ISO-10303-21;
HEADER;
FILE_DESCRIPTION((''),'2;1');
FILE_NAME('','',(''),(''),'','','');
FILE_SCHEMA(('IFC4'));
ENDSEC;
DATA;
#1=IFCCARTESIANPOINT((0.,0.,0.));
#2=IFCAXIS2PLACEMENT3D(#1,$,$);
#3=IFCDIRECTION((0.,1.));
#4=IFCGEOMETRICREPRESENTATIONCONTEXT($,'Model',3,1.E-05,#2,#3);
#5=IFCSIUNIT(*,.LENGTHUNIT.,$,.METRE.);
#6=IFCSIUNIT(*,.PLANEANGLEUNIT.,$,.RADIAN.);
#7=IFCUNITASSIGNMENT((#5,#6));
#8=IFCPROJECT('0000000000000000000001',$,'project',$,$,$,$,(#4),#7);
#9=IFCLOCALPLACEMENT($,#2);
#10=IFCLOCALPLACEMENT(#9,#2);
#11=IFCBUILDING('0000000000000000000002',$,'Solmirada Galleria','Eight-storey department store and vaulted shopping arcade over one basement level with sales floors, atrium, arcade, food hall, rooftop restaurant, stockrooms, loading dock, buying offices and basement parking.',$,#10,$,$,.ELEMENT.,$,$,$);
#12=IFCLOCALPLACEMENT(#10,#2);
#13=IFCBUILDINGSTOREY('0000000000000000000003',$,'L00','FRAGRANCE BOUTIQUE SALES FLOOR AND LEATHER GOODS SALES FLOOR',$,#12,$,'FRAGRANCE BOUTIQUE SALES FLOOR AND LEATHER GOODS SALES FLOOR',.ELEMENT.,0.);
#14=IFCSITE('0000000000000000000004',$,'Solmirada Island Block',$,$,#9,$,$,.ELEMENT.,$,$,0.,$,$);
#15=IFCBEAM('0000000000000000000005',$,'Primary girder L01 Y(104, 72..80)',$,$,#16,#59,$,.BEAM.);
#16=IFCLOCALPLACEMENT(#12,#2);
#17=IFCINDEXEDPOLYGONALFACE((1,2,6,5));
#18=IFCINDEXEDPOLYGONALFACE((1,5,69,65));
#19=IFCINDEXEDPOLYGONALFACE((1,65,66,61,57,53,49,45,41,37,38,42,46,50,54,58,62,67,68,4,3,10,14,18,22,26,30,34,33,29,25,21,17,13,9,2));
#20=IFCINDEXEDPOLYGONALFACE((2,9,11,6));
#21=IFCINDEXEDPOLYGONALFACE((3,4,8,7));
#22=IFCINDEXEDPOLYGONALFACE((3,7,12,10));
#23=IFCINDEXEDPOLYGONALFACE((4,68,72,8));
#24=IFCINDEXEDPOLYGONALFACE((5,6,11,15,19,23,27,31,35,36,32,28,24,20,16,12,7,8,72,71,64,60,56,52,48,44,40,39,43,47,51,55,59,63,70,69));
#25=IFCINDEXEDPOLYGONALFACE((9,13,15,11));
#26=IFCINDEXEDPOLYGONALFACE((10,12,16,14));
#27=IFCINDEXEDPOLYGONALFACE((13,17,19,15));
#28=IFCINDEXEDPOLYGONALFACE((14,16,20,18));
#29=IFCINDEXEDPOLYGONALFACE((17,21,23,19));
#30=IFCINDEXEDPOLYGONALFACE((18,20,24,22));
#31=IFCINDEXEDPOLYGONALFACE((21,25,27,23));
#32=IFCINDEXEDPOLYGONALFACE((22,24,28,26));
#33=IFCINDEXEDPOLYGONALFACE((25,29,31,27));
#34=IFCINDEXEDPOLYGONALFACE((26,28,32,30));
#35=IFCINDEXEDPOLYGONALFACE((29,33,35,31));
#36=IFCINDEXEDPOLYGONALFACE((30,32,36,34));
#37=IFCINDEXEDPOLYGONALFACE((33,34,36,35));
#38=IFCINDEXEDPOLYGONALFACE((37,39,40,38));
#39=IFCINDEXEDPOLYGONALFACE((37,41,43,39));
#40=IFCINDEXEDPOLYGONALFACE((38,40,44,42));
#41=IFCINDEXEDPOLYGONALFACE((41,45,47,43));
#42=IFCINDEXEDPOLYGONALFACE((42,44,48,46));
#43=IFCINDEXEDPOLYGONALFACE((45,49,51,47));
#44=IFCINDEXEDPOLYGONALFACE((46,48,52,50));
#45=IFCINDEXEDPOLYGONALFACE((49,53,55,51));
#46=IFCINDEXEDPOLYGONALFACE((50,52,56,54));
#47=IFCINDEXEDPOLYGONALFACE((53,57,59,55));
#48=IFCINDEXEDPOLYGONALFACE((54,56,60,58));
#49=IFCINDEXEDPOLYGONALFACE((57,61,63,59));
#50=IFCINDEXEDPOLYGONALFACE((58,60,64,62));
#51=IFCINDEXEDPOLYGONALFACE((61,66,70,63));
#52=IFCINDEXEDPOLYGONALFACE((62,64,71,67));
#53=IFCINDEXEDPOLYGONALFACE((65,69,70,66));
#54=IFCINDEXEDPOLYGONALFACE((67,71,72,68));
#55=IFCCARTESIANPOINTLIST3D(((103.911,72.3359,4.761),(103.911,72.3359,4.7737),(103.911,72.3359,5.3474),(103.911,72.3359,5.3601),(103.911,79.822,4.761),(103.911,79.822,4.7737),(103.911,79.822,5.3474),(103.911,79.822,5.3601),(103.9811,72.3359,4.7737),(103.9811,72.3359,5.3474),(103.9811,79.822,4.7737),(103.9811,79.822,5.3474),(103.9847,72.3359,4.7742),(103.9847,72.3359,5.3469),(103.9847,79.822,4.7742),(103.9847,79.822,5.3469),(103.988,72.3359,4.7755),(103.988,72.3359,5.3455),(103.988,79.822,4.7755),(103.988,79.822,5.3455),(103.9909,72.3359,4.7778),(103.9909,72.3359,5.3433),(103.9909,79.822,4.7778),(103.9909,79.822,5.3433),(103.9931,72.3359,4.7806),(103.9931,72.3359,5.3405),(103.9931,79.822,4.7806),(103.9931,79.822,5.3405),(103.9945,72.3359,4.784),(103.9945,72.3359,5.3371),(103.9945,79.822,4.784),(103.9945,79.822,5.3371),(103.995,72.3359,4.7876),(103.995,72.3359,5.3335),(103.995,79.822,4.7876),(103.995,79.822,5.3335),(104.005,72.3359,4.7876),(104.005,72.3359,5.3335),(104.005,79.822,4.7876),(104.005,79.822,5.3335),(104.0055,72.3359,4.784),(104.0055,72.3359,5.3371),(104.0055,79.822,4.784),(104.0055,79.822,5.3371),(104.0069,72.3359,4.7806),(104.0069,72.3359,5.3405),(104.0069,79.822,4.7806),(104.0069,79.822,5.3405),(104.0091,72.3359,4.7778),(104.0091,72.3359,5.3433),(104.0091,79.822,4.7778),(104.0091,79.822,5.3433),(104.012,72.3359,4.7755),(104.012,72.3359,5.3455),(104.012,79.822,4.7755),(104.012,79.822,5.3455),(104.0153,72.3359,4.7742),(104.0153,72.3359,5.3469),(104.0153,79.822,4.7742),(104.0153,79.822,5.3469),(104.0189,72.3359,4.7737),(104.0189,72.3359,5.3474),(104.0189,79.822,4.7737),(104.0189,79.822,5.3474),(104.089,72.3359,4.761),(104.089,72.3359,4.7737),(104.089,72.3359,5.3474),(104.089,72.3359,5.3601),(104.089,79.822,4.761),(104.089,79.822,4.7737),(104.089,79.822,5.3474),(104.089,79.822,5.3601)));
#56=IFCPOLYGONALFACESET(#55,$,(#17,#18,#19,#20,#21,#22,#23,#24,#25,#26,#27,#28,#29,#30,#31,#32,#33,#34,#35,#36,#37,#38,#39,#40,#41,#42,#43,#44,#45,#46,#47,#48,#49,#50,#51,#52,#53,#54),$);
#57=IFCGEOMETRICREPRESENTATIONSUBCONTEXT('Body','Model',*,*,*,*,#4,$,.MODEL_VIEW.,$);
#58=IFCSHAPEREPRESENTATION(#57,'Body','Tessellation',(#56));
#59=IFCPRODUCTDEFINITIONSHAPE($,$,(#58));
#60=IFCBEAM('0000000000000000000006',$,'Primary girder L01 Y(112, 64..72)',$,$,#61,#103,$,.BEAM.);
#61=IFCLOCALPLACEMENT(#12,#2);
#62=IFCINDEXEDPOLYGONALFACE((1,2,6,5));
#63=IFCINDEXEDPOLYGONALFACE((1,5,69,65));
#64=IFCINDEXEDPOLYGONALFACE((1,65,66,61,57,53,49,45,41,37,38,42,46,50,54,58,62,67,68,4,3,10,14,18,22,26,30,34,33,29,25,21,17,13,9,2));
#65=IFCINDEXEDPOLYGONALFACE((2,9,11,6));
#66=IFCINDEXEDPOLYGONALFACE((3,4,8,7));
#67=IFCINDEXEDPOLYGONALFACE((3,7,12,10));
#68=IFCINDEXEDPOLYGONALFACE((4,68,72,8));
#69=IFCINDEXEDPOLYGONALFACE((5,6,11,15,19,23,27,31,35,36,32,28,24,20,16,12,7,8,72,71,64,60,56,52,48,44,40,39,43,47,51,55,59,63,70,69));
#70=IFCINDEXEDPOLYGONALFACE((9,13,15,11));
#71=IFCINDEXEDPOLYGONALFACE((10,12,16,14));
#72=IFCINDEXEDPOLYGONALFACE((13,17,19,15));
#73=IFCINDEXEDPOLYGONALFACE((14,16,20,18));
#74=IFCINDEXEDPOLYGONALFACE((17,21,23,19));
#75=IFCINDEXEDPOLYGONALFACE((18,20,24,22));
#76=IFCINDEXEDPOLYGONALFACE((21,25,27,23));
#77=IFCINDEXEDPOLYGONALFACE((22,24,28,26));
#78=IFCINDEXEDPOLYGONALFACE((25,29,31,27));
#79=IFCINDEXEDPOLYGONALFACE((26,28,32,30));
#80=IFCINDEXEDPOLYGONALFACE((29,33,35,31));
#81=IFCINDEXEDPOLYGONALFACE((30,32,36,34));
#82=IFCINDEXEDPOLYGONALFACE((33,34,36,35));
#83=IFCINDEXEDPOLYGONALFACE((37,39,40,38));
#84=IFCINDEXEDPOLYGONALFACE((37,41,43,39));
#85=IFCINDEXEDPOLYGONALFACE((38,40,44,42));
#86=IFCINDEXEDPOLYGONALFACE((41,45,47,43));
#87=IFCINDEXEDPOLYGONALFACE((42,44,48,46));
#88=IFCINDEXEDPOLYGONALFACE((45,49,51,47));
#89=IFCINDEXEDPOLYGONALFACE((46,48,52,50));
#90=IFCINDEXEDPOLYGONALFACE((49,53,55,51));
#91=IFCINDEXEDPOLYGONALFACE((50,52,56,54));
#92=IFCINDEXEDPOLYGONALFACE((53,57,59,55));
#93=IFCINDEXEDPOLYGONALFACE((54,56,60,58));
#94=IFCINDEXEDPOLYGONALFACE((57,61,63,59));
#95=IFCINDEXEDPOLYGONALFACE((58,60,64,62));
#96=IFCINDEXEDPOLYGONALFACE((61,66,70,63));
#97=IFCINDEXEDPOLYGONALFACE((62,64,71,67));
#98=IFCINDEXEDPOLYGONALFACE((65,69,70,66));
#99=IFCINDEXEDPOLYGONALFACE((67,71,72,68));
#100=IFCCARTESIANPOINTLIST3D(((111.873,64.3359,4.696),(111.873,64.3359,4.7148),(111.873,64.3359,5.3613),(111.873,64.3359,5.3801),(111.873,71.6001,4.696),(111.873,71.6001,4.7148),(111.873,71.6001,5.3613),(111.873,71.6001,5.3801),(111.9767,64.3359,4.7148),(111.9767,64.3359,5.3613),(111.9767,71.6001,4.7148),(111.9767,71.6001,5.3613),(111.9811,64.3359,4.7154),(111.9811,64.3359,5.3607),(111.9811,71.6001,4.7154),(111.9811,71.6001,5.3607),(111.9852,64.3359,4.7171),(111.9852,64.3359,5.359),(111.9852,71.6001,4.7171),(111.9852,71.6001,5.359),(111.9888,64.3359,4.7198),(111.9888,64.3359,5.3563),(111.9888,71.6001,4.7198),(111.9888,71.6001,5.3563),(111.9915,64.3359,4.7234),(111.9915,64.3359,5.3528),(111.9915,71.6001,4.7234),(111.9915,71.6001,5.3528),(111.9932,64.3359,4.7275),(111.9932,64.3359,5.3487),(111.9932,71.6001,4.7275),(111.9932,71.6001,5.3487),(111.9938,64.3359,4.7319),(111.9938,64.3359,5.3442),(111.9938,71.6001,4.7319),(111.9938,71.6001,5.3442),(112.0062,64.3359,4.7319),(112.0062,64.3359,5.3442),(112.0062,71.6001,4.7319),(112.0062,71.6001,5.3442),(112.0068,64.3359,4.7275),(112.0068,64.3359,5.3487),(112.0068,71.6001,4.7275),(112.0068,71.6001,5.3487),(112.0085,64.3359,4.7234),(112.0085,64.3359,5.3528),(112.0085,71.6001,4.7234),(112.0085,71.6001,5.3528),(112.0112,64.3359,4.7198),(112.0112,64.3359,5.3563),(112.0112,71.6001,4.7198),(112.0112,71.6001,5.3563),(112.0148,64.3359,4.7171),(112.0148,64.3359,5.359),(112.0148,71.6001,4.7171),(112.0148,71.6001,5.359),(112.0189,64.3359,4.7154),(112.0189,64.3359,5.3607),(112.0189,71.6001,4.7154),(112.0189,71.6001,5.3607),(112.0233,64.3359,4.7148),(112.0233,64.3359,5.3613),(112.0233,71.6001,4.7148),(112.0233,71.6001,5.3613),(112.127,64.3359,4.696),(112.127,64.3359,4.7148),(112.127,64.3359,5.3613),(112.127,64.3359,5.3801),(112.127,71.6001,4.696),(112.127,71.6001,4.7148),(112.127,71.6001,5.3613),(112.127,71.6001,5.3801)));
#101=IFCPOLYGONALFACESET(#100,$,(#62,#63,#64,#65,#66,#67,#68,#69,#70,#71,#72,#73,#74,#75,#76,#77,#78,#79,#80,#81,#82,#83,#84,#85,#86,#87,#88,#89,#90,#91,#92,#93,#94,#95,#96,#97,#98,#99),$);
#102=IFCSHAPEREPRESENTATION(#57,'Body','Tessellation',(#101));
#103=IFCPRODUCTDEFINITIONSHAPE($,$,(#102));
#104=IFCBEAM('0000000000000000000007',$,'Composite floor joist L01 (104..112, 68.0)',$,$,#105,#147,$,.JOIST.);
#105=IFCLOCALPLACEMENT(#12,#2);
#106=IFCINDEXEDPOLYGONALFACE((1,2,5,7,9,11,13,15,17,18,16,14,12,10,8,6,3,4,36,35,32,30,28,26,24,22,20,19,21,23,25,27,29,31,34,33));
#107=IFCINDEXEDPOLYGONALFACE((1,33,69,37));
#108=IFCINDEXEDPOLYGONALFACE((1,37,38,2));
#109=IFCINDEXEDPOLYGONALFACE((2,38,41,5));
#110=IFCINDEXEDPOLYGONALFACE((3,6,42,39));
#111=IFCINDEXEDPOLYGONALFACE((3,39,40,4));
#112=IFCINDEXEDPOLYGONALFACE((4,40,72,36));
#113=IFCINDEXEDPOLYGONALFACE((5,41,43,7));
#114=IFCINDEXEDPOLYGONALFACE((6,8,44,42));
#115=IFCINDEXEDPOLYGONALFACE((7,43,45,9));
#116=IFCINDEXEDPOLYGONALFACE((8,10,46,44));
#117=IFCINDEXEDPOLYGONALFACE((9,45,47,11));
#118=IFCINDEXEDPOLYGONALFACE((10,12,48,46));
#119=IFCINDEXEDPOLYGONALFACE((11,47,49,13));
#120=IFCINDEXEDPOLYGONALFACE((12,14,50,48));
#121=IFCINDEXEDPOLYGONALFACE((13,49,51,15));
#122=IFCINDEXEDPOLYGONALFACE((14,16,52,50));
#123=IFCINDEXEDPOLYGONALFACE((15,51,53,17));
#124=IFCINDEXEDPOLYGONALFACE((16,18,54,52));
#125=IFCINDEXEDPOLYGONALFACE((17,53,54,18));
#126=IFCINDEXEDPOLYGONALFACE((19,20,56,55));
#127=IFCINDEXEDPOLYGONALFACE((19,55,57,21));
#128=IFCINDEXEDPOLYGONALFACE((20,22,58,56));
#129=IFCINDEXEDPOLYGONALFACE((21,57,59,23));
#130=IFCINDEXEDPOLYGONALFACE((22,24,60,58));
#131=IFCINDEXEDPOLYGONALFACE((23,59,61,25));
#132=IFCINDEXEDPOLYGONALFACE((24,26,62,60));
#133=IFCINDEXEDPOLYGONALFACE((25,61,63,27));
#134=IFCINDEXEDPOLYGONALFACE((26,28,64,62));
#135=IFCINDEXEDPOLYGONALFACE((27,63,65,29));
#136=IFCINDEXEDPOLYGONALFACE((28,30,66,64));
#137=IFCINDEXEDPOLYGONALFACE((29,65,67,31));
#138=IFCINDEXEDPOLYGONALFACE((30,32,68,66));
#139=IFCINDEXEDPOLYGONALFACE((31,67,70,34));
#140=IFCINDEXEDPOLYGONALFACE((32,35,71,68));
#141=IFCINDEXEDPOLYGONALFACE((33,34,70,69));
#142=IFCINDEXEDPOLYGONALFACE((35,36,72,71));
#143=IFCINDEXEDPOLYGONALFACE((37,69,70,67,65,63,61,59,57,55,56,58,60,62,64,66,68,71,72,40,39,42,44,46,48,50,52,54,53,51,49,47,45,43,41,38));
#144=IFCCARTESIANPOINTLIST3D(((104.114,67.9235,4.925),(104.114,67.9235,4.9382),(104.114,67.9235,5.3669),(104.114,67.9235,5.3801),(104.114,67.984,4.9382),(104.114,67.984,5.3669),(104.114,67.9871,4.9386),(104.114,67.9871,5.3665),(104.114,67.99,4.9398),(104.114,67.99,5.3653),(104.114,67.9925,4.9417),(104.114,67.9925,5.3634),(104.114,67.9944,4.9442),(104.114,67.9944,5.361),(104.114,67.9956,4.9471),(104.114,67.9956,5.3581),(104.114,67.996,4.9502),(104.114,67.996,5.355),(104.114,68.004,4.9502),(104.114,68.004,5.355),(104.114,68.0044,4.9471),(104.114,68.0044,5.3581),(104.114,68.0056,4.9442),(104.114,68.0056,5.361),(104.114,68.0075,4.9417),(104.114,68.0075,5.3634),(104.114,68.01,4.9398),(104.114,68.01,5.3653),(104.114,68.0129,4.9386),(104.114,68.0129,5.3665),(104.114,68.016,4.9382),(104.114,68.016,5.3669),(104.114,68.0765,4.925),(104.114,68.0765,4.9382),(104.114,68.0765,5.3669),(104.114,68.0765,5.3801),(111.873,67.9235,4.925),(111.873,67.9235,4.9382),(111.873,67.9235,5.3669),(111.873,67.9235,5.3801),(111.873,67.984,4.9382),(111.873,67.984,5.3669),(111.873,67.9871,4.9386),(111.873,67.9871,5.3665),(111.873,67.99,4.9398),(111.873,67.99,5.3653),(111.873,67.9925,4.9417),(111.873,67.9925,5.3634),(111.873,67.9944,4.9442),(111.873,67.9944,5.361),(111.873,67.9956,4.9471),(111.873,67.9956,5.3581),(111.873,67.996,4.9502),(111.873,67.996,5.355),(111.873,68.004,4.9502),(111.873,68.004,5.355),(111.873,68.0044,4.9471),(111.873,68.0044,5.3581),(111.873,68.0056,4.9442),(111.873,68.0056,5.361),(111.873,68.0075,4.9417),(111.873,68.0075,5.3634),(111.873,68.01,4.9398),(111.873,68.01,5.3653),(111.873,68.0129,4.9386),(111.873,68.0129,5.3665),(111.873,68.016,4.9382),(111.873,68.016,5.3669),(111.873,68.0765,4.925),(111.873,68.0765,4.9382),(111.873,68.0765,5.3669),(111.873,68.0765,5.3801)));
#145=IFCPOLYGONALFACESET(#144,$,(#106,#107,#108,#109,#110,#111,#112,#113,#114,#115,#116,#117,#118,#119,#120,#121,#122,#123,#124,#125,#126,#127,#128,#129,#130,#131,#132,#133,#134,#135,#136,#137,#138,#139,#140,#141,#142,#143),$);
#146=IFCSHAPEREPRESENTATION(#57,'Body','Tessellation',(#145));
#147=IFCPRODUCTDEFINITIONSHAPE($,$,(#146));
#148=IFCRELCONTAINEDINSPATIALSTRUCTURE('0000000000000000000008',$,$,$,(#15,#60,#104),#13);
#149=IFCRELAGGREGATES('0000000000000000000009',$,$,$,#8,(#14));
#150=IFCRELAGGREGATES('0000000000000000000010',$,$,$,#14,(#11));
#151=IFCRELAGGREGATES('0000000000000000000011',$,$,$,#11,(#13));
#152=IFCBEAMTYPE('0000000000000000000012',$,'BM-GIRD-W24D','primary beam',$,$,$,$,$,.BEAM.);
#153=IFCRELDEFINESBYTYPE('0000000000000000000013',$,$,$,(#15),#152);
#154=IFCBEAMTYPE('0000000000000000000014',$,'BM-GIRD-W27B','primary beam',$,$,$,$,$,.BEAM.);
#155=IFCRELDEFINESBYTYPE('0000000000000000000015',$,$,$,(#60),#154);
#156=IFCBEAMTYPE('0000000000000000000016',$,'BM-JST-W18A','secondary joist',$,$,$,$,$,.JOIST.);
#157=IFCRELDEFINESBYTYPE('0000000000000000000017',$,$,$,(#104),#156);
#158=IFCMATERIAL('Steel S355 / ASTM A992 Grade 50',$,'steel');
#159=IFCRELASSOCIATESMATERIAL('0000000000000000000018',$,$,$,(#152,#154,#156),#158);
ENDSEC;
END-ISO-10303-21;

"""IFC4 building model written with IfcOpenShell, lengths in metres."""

from ifc_helpers import new_model, si_unit, direction, frame, origin, origin_2d, place, context, subcontext, project, spatial, i_section, extrude, material, material_profile, profile_set, type_object, element, save


model = new_model("IFC4")

# Units and contexts
model_context = context("Model", 3, precision=1e-05, world=origin(), true_north=direction((0.0, 1.0)))
body_context = subcontext(model_context, "Body", "Model", "MODEL_VIEW")
ifc_project = project(units=[si_unit("LENGTHUNIT", "METRE"), si_unit("PLANEANGLEUNIT", "RADIAN")], contexts=[model_context])

# Site, building, storey
site_placement = place(None, origin())
site = spatial("IfcSite", under=ifc_project, at=site_placement, Name="Solmirada Island Block", CompositionType="ELEMENT", RefElevation=0.0)
building_placement = place(site_placement, origin())
building = spatial("IfcBuilding", under=site, at=building_placement, Name="Solmirada Galleria", Description="Eight-storey department store and vaulted shopping arcade over one basement level with sales floors, atrium, arcade, food hall, rooftop restaurant, stockrooms, loading dock, buying offices and basement parking.", CompositionType="ELEMENT")
storey_placement = place(building_placement, origin())
storey = spatial("IfcBuildingStorey", under=building, at=storey_placement, Name="L00", Description="FRAGRANCE BOUTIQUE SALES FLOOR AND LEATHER GOODS SALES FLOOR", LongName="FRAGRANCE BOUTIQUE SALES FLOOR AND LEATHER GOODS SALES FLOOR", CompositionType="ELEMENT", Elevation=0.0)

# Beams
ifc_material_1 = material(Name="Steel S355 / ASTM A992 Grade 50", Category="steel")
ifc_material_profile_1 = material_profile(ifc_material_1, i_section(OverallWidth=0.178, OverallDepth=0.5991, WebThickness=0.01, FlangeThickness=0.0127, FilletRadius=0.0139, at=origin_2d()), Name="W24X55")
ifc_profile_set_1 = profile_set([ifc_material_profile_1], Name="Steel S355 / ASTM A992 Grade 50")
beam_type_1 = type_object("IfcBeamType", Name="BM-GIRD-W24D", Description="primary beam", PredefinedType="BEAM", material=ifc_profile_set_1)
beam_1_placement = place(storey_placement, frame((104.0, 72.3359, 5.0605), z_axis=(0.0, 1.0, 0.0), x_axis=(-1.0, 0.0, 0.0)))
element("IfcBeam", 1, at=beam_1_placement, inside=storey, type_object=beam_type_1, Name="Primary girder L01 Y(104, 72..80)", PredefinedType="BEAM", context=body_context, shape_type="SweptSolid", body=[
    extrude(i_section(OverallWidth=0.178, OverallDepth=0.5991, WebThickness=0.01, FlangeThickness=0.0127, FilletRadius=0.0139, at=origin_2d()), origin(), (0.0, 0.0, 1.0), 7.4861),
])
ifc_material_profile_2 = material_profile(ifc_material_1, i_section(OverallWidth=0.2539, OverallDepth=0.6841, WebThickness=0.0125, FlangeThickness=0.0188, FilletRadius=0.0171, at=origin_2d()), Name="W27X94")
ifc_profile_set_2 = profile_set([ifc_material_profile_2], Name="Steel S355 / ASTM A992 Grade 50")
beam_type_2 = type_object("IfcBeamType", Name="BM-GIRD-W27B", Description="primary beam", PredefinedType="BEAM", material=ifc_profile_set_2)
beam_2_placement = place(storey_placement, frame((112.0, 64.3359, 5.0381), z_axis=(0.0, 1.0, 0.0), x_axis=(-1.0, 0.0, 0.0)))
element("IfcBeam", 2, at=beam_2_placement, inside=storey, type_object=beam_type_2, Name="Primary girder L01 Y(112, 64..72)", PredefinedType="BEAM", context=body_context, shape_type="SweptSolid", body=[
    extrude(i_section(OverallWidth=0.2539, OverallDepth=0.6841, WebThickness=0.0125, FlangeThickness=0.0188, FilletRadius=0.0171, at=origin_2d()), origin(), (0.0, 0.0, 1.0), 7.2642),
])
ifc_material_profile_3 = material_profile(ifc_material_1, i_section(OverallWidth=0.1531, OverallDepth=0.4551, WebThickness=0.0081, FlangeThickness=0.0132, FilletRadius=0.012, at=origin_2d()), Name="W18X40")
ifc_profile_set_3 = profile_set([ifc_material_profile_3], Name="Steel S355 / ASTM A992 Grade 50")
beam_type_3 = type_object("IfcBeamType", Name="BM-JST-W18A", Description="secondary joist", PredefinedType="JOIST", material=ifc_profile_set_3)
beam_3_placement = place(storey_placement, frame((104.114, 68.0, 5.1526), z_axis=(1.0, 0.0, 0.0), x_axis=(0.0, 1.0, 0.0)))
element("IfcBeam", 3, at=beam_3_placement, inside=storey, type_object=beam_type_3, Name="Composite floor joist L01 (104..112, 68.0)", PredefinedType="JOIST", context=body_context, shape_type="SweptSolid", body=[
    extrude(i_section(OverallWidth=0.1531, OverallDepth=0.4551, WebThickness=0.0081, FlangeThickness=0.0132, FilletRadius=0.012, at=origin_2d()), origin(), (0.0, 0.0, 1.0), 7.759),
])

save(model, "model.ifc")
